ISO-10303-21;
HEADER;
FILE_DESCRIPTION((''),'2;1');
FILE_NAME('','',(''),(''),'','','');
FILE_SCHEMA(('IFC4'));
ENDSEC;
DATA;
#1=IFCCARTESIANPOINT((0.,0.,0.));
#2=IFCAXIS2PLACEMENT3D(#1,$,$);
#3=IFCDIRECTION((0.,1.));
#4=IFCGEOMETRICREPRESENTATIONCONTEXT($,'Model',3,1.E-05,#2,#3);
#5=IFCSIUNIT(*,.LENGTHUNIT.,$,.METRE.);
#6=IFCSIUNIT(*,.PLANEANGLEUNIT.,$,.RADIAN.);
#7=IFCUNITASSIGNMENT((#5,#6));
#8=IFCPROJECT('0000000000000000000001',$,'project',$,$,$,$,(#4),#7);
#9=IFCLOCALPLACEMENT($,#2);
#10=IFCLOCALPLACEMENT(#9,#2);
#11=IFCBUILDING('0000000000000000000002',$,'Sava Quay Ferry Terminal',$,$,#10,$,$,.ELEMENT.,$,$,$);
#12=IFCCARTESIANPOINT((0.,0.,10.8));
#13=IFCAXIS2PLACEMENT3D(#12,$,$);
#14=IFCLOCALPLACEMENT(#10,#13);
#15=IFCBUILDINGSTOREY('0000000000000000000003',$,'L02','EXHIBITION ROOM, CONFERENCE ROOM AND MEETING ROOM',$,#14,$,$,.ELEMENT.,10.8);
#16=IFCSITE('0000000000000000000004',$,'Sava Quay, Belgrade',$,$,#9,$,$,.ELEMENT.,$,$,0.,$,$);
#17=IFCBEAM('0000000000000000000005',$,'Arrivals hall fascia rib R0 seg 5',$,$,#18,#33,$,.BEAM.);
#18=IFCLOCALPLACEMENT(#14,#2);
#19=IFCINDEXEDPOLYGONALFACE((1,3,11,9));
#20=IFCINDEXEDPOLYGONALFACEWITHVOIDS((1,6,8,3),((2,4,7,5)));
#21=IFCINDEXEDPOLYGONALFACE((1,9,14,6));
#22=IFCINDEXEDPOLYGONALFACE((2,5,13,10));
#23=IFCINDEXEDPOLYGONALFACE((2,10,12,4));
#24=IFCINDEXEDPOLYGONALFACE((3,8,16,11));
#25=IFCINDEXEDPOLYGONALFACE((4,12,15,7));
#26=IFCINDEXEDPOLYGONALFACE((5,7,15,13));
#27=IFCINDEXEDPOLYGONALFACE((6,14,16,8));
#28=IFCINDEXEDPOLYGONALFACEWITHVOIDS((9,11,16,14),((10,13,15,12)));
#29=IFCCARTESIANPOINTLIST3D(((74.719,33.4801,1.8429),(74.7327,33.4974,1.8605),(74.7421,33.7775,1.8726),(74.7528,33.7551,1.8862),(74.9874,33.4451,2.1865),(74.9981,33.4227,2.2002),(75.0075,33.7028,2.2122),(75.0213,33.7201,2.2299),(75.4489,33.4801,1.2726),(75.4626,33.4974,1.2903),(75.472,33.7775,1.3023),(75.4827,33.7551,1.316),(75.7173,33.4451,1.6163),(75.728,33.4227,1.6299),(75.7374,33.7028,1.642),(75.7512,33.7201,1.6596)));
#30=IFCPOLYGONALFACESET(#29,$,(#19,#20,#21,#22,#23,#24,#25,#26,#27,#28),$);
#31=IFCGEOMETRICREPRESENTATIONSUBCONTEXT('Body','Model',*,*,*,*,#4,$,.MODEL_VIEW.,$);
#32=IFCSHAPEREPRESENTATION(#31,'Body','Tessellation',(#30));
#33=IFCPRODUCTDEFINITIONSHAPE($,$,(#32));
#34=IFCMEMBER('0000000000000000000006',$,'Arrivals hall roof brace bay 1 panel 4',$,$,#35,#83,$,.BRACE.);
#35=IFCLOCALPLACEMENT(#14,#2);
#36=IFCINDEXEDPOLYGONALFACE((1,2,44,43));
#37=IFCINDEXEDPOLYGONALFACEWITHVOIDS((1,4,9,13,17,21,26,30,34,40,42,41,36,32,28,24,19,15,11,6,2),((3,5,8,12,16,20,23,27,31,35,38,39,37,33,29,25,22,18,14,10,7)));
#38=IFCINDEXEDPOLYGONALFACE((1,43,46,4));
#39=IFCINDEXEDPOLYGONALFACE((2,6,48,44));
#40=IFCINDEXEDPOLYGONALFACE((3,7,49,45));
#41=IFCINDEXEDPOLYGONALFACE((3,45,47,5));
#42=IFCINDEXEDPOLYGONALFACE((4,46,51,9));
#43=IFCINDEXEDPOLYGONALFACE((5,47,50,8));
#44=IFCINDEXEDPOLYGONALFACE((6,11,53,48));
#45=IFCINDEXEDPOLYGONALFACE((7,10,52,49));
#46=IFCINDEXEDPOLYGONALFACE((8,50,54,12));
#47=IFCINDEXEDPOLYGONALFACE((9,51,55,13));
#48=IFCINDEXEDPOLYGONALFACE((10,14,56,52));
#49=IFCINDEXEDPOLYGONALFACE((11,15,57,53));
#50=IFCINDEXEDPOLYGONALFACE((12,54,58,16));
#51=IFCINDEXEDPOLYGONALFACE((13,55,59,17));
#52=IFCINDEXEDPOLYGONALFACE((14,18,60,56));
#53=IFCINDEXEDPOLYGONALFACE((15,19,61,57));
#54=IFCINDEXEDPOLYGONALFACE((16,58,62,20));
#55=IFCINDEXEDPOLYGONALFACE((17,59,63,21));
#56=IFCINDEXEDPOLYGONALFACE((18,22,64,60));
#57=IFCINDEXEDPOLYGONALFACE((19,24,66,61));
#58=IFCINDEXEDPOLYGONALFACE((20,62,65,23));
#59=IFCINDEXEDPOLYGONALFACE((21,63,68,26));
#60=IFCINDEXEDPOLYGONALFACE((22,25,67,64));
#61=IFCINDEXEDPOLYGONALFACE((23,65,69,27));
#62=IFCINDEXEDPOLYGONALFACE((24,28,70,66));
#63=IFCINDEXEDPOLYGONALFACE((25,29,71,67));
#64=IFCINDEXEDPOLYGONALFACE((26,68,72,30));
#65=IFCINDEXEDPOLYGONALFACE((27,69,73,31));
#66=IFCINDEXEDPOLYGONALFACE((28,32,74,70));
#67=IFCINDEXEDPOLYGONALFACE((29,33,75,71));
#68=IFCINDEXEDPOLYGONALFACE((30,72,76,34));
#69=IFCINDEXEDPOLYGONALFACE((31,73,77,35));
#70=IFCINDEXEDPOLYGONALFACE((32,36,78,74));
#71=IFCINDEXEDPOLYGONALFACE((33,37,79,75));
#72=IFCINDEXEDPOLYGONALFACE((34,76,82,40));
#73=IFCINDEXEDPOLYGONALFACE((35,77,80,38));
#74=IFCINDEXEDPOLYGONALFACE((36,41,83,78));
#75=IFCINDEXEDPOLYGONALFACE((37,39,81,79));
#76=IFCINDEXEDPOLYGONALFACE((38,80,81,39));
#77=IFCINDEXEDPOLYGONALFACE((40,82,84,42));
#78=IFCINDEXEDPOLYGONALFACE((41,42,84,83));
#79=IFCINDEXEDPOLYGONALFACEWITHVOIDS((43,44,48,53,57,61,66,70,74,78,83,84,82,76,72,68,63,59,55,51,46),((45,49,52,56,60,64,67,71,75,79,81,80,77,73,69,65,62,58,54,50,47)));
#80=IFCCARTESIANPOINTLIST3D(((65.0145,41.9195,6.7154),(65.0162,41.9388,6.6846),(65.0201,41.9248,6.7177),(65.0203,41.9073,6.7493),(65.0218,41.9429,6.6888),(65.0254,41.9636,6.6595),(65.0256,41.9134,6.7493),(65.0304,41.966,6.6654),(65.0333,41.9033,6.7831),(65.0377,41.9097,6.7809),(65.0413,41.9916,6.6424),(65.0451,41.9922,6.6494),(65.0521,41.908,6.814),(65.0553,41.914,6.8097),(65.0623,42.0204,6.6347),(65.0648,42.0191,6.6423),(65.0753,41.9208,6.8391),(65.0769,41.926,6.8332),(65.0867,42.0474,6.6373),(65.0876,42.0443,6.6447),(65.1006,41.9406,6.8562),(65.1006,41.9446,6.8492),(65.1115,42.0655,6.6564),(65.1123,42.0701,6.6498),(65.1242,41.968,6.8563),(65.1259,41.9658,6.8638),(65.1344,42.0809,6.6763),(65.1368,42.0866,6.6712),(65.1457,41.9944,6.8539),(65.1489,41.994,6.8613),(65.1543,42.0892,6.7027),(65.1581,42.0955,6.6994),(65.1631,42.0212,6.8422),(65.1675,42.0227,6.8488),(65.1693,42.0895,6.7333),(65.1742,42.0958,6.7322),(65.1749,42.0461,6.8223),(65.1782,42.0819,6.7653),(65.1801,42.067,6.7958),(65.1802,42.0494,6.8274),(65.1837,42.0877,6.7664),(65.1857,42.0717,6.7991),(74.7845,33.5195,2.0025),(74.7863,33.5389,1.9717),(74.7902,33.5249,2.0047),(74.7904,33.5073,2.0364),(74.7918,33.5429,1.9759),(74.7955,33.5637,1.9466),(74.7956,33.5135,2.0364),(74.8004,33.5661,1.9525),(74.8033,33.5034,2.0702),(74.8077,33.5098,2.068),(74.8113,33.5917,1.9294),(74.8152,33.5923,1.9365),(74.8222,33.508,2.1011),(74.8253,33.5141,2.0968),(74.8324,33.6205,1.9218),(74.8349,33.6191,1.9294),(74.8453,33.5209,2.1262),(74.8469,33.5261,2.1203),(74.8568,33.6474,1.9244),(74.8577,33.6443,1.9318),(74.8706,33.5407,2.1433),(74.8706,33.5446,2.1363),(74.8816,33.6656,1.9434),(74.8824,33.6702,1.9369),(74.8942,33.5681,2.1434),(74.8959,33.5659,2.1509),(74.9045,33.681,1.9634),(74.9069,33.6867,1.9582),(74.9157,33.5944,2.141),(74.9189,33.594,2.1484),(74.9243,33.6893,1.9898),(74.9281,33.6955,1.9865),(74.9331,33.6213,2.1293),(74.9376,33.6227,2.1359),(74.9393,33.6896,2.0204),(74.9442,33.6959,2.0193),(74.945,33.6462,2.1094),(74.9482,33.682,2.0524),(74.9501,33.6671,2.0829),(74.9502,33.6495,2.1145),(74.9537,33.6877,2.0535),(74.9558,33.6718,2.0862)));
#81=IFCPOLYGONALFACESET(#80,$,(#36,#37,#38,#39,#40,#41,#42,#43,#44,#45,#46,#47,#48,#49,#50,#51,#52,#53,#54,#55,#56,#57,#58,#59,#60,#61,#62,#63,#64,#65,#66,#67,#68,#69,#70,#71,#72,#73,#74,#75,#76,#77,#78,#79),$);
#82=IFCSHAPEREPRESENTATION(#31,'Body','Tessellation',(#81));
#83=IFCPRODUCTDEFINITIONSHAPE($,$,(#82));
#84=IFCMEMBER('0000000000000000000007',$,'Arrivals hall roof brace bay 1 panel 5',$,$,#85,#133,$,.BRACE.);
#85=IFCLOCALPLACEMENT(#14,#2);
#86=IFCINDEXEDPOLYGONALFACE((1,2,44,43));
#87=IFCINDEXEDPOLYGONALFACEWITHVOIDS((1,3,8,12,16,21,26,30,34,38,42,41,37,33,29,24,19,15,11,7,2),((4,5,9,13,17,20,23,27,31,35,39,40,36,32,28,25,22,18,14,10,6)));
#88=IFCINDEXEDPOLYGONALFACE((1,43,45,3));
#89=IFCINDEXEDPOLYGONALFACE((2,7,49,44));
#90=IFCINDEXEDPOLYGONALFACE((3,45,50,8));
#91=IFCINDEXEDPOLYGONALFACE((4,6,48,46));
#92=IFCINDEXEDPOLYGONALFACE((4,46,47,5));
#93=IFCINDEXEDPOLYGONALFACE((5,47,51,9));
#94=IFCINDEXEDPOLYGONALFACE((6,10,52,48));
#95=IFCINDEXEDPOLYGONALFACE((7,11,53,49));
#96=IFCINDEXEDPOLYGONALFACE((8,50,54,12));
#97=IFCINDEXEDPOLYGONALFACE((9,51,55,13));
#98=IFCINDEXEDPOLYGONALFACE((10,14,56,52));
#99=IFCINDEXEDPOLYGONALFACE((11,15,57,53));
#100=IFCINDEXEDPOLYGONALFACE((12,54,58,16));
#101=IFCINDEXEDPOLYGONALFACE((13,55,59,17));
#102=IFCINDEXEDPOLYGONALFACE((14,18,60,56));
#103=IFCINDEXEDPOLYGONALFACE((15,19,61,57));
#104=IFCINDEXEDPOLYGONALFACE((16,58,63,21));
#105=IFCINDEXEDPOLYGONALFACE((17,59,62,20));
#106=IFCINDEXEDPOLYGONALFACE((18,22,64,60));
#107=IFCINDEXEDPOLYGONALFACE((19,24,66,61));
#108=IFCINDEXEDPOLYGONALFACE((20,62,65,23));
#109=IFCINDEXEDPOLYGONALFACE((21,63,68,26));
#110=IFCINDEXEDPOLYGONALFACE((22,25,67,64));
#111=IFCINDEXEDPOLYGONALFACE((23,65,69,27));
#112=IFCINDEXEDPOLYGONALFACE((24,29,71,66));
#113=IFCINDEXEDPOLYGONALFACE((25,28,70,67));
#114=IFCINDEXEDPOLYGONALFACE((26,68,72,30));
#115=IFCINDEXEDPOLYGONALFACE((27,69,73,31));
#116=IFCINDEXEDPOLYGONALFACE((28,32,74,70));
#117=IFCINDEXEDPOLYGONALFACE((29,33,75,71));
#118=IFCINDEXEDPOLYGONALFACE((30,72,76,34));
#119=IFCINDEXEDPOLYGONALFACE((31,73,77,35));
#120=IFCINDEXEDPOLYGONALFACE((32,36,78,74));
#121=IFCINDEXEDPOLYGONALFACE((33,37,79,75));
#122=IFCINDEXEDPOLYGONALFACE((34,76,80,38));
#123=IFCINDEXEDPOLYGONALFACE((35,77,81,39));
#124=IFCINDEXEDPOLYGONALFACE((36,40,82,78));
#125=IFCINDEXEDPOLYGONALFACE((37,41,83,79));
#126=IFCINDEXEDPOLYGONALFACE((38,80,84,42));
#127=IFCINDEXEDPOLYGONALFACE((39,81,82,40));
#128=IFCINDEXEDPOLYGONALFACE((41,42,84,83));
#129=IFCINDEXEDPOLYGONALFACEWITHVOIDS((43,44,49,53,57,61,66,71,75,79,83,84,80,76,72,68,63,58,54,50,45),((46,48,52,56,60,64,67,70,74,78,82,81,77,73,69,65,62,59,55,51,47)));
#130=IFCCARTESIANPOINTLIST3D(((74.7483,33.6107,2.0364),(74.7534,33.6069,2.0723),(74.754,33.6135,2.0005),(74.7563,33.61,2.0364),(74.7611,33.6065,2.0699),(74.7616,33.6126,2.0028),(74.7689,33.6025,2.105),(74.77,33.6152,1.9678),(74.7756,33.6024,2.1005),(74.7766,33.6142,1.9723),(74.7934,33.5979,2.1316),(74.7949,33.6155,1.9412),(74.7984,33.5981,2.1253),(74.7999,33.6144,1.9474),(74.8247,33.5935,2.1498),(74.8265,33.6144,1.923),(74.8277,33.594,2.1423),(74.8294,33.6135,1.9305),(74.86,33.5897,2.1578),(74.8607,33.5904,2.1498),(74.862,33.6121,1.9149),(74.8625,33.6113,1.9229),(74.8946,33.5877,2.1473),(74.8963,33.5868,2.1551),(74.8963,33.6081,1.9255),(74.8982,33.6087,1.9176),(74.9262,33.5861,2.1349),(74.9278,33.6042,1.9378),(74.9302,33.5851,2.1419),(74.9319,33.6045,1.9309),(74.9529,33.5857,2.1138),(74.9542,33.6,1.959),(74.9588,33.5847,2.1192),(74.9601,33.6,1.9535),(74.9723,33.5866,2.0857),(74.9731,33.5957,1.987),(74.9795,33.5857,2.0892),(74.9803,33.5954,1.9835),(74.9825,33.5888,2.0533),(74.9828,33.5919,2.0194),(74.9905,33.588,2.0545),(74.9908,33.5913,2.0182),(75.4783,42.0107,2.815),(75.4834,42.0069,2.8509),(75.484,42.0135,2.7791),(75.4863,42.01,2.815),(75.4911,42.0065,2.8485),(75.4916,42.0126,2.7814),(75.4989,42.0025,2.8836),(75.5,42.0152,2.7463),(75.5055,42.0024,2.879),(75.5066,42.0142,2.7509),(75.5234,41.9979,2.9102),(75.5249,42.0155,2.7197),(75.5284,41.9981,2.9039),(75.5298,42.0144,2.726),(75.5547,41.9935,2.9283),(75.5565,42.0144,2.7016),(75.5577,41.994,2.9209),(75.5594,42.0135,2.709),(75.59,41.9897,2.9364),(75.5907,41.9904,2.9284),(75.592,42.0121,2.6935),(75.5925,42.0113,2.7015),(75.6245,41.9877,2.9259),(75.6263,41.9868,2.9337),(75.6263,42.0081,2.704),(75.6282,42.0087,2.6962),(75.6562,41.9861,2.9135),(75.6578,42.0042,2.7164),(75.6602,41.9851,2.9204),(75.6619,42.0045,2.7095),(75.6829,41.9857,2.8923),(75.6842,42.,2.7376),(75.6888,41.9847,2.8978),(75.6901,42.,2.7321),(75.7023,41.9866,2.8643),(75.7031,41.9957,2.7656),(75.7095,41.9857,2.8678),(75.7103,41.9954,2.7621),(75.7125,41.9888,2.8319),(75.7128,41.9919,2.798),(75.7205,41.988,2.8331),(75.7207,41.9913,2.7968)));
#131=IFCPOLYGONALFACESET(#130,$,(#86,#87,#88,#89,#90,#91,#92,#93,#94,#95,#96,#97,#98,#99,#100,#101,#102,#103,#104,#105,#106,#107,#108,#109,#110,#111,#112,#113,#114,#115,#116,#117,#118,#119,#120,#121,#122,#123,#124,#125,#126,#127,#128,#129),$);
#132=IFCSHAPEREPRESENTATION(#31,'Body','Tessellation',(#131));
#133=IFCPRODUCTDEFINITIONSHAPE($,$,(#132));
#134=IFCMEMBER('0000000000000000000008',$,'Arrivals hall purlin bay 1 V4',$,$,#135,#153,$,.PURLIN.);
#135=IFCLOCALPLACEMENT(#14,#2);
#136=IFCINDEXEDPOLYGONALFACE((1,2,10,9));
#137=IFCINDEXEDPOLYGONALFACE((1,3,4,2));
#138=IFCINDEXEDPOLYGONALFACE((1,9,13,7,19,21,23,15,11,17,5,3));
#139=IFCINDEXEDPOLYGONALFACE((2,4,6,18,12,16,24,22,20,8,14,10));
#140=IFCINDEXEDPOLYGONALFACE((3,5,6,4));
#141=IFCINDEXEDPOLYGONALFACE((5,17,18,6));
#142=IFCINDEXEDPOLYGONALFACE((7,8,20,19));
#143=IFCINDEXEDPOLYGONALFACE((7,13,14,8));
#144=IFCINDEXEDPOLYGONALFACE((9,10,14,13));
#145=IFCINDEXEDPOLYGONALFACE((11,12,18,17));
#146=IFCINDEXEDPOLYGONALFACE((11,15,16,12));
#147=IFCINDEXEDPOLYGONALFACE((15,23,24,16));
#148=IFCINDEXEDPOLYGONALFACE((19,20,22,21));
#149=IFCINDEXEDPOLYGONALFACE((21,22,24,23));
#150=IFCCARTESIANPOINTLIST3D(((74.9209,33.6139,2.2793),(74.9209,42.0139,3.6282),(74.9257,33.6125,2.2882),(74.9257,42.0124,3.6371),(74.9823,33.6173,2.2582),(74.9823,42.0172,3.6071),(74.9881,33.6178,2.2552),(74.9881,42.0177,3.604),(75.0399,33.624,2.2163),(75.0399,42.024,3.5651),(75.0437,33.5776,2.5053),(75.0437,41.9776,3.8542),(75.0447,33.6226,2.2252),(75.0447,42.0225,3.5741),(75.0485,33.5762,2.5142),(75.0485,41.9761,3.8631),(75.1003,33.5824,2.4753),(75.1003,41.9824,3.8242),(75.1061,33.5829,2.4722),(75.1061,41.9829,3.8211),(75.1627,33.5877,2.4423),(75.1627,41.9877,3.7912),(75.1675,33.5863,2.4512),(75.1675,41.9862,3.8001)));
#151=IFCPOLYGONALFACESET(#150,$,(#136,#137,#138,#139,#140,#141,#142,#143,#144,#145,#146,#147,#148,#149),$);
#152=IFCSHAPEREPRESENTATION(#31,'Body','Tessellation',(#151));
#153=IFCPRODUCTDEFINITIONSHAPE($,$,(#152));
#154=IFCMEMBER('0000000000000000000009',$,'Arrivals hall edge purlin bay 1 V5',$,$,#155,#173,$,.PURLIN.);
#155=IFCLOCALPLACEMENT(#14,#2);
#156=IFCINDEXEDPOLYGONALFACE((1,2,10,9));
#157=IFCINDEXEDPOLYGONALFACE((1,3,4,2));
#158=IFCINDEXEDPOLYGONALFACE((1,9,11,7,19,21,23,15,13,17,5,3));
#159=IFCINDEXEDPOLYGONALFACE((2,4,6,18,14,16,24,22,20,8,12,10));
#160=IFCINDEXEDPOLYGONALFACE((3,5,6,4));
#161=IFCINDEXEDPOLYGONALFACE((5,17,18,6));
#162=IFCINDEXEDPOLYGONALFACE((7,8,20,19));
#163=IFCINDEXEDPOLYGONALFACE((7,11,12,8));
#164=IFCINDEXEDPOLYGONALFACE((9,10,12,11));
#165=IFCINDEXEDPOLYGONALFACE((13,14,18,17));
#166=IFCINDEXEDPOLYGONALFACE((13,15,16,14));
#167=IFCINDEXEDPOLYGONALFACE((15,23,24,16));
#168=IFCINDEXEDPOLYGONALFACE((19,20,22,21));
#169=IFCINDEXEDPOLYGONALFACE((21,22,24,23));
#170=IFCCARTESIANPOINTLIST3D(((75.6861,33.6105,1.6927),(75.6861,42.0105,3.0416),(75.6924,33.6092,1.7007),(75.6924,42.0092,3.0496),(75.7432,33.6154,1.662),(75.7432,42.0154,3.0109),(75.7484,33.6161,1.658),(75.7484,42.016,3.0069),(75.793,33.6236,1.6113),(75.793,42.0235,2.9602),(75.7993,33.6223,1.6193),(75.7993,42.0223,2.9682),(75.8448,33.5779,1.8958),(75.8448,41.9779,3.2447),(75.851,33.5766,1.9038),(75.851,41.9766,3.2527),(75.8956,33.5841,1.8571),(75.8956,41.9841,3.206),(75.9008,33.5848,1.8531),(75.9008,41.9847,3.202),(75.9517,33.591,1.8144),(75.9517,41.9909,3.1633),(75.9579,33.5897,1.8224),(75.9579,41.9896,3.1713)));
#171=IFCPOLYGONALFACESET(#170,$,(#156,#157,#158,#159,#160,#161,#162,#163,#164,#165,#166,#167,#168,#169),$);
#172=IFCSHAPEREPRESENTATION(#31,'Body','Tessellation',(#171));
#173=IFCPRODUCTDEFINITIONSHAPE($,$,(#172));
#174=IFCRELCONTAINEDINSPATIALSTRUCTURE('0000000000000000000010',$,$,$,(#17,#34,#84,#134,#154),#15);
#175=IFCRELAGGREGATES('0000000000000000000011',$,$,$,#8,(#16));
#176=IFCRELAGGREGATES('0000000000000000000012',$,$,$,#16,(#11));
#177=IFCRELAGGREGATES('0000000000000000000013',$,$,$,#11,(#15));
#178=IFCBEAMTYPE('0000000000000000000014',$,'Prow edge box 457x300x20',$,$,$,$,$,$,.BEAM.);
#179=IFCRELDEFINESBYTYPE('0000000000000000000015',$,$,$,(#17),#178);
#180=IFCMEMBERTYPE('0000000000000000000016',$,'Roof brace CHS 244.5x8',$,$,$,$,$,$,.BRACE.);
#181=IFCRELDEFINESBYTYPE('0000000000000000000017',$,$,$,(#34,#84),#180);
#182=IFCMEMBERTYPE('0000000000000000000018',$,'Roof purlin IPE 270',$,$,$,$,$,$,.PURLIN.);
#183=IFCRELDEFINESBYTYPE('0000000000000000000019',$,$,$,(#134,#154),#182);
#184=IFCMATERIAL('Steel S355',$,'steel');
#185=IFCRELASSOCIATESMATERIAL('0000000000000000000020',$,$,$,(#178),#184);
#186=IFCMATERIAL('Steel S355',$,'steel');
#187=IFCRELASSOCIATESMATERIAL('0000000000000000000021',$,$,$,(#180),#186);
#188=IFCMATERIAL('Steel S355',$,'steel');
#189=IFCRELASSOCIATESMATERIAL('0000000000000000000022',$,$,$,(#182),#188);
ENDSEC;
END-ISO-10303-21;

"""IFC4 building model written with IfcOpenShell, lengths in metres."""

from ifc_helpers import new_model, si_unit, direction, frame, origin, origin_2d, place, context, subcontext, project, spatial, polyline, hollow_circle, i_section, outline, extrude, material, material_profile, profile_set, type_object, element, save


model = new_model("IFC4")

# Units and contexts
model_context = context("Model", 3, precision=1e-05, world=origin(), true_north=direction((0.0, 1.0)))
body_context = subcontext(model_context, "Body", "Model", "MODEL_VIEW")
ifc_project = project(units=[si_unit("LENGTHUNIT", "METRE"), si_unit("PLANEANGLEUNIT", "RADIAN")], contexts=[model_context])

# Site, building, storey
site_placement = place(None, origin())
site = spatial("IfcSite", under=ifc_project, at=site_placement, Name="Sava Quay, Belgrade", CompositionType="ELEMENT", RefElevation=0.0)
building_placement = place(site_placement, origin())
building = spatial("IfcBuilding", under=site, at=building_placement, Name="Sava Quay Ferry Terminal", CompositionType="ELEMENT")
storey_placement = place(building_placement, frame((0.0, 0.0, 10.8)))
storey = spatial("IfcBuildingStorey", under=building, at=storey_placement, Name="L02", Description="EXHIBITION ROOM, CONFERENCE ROOM AND MEETING ROOM", CompositionType="ELEMENT", Elevation=10.8)

# Beam
ifc_material_1 = material(Name="Steel S355", Category="steel")
ifc_material_profile_1 = material_profile(ifc_material_1, outline(polyline([(-0.1499, -0.2285), (0.1499, -0.2285), (0.1499, 0.2285), (-0.1499, 0.2285), (-0.1499, -0.2285)]), holes=[polyline([(-0.1299, -0.2085), (-0.1299, 0.2085), (0.1299, 0.2085), (0.1299, -0.2085), (-0.1299, -0.2085)])]), Name="Box 457x300x20 built-up")
ifc_profile_set_1 = profile_set([ifc_material_profile_1], Name="Steel S355")
beam_type_1 = type_object("IfcBeamType", Name="Prow edge box 457x300x20", PredefinedType="BEAM", material=ifc_profile_set_1)
beam_1_placement = place(storey_placement, frame((74.8701, 33.6001, 2.0364), z_axis=(0.788016, 0.0, -0.615654), x_axis=(0.077295, 0.992087, 0.098935)))
element("IfcBeam", 1, at=beam_1_placement, inside=storey, type_object=beam_type_1, Name="Arrivals hall fascia rib R0 seg 5", PredefinedType="BEAM", context=body_context, shape_type="SweptSolid", body=[
    extrude(outline(polyline([(-0.1499, -0.2285), (0.1499, -0.2285), (0.1499, 0.2285), (-0.1499, 0.2285), (-0.1499, -0.2285)]), holes=[polyline([(-0.1299, -0.2085), (-0.1299, 0.2085), (0.1299, 0.2085), (0.1299, -0.2085), (-0.1299, -0.2085)])]), origin(), (0.0, 0.0, 1.0), 0.9263),
])

# Members
ifc_material_2 = material(Name="Steel S355", Category="steel")
ifc_material_profile_2 = material_profile(ifc_material_2, hollow_circle(Radius=0.1223, WallThickness=0.0081, at=origin_2d()), Name="CHS 244.5 x 8.0")
ifc_profile_set_2 = profile_set([ifc_material_profile_2], Name="Steel S355")
member_type_1 = type_object("IfcMemberType", Name="Roof brace CHS 244.5x8", PredefinedType="BRACE", material=ifc_profile_set_2)
member_1_placement = place(storey_placement, frame((74.8701, 33.6001, 2.0364), z_axis=(-0.71213, 0.612263, 0.343519), x_axis=(-0.651936, -0.758274, 0.0)))
element("IfcMember", 2, at=member_1_placement, inside=storey, type_object=member_type_1, Name="Arrivals hall roof brace bay 1 panel 4", PredefinedType="BRACE", context=body_context, shape_type="SweptSolid", body=[
    extrude(hollow_circle(Radius=0.1223, WallThickness=0.0081, at=origin_2d()), origin(), (0.0, 0.0, 1.0), 13.7195),
])
member_2_placement = place(storey_placement, frame((74.8701, 33.6001, 2.0364), z_axis=(0.08621, 0.992025, 0.091948), x_axis=(-0.996245, 0.086577, 0.0)))
element("IfcMember", 3, at=member_2_placement, inside=storey, type_object=member_type_1, Name="Arrivals hall roof brace bay 1 panel 5", PredefinedType="BRACE", context=body_context, shape_type="SweptSolid", body=[
    extrude(hollow_circle(Radius=0.1223, WallThickness=0.0081, at=origin_2d()), origin(), (0.0, 0.0, 1.0), 8.4675),
])
ifc_material_3 = material(Name="Steel S355", Category="steel")
ifc_material_profile_3 = material_profile(ifc_material_3, i_section(OverallWidth=0.135, OverallDepth=0.27, WebThickness=0.0066, FlangeThickness=0.0103, at=origin_2d()), Name="IPE 270")
ifc_profile_set_3 = profile_set([ifc_material_profile_3], Name="Steel S355")
member_type_2 = type_object("IfcMemberType", Name="Roof purlin IPE 270", PredefinedType="PURLIN", material=ifc_profile_set_3)
for number, where, z_axis, x_axis, name in (
    (4, (75.0442, 33.6001, 2.3652), (0.0, 0.987351, 0.158551), (-0.881208, -0.074952, 0.46675), "Arrivals hall purlin bay 1 V4"),
    (5, (75.822, 33.6001, 1.7576), (0.0, 0.987351, 0.158551), (-0.791793, -0.096841, 0.603064), "Arrivals hall edge purlin bay 1 V5"),
):
    element("IfcMember", number, at=place(storey_placement, frame(where, z_axis=z_axis, x_axis=x_axis)), inside=storey, type_object=member_type_2, Name=name, PredefinedType="PURLIN", context=body_context, shape_type="SweptSolid", body=[
        extrude(i_section(OverallWidth=0.135, OverallDepth=0.27, WebThickness=0.0066, FlangeThickness=0.0103, at=origin_2d()), origin(), (0.0, 0.0, 1.0), 8.5076),
    ])

save(model, "model.ifc")
